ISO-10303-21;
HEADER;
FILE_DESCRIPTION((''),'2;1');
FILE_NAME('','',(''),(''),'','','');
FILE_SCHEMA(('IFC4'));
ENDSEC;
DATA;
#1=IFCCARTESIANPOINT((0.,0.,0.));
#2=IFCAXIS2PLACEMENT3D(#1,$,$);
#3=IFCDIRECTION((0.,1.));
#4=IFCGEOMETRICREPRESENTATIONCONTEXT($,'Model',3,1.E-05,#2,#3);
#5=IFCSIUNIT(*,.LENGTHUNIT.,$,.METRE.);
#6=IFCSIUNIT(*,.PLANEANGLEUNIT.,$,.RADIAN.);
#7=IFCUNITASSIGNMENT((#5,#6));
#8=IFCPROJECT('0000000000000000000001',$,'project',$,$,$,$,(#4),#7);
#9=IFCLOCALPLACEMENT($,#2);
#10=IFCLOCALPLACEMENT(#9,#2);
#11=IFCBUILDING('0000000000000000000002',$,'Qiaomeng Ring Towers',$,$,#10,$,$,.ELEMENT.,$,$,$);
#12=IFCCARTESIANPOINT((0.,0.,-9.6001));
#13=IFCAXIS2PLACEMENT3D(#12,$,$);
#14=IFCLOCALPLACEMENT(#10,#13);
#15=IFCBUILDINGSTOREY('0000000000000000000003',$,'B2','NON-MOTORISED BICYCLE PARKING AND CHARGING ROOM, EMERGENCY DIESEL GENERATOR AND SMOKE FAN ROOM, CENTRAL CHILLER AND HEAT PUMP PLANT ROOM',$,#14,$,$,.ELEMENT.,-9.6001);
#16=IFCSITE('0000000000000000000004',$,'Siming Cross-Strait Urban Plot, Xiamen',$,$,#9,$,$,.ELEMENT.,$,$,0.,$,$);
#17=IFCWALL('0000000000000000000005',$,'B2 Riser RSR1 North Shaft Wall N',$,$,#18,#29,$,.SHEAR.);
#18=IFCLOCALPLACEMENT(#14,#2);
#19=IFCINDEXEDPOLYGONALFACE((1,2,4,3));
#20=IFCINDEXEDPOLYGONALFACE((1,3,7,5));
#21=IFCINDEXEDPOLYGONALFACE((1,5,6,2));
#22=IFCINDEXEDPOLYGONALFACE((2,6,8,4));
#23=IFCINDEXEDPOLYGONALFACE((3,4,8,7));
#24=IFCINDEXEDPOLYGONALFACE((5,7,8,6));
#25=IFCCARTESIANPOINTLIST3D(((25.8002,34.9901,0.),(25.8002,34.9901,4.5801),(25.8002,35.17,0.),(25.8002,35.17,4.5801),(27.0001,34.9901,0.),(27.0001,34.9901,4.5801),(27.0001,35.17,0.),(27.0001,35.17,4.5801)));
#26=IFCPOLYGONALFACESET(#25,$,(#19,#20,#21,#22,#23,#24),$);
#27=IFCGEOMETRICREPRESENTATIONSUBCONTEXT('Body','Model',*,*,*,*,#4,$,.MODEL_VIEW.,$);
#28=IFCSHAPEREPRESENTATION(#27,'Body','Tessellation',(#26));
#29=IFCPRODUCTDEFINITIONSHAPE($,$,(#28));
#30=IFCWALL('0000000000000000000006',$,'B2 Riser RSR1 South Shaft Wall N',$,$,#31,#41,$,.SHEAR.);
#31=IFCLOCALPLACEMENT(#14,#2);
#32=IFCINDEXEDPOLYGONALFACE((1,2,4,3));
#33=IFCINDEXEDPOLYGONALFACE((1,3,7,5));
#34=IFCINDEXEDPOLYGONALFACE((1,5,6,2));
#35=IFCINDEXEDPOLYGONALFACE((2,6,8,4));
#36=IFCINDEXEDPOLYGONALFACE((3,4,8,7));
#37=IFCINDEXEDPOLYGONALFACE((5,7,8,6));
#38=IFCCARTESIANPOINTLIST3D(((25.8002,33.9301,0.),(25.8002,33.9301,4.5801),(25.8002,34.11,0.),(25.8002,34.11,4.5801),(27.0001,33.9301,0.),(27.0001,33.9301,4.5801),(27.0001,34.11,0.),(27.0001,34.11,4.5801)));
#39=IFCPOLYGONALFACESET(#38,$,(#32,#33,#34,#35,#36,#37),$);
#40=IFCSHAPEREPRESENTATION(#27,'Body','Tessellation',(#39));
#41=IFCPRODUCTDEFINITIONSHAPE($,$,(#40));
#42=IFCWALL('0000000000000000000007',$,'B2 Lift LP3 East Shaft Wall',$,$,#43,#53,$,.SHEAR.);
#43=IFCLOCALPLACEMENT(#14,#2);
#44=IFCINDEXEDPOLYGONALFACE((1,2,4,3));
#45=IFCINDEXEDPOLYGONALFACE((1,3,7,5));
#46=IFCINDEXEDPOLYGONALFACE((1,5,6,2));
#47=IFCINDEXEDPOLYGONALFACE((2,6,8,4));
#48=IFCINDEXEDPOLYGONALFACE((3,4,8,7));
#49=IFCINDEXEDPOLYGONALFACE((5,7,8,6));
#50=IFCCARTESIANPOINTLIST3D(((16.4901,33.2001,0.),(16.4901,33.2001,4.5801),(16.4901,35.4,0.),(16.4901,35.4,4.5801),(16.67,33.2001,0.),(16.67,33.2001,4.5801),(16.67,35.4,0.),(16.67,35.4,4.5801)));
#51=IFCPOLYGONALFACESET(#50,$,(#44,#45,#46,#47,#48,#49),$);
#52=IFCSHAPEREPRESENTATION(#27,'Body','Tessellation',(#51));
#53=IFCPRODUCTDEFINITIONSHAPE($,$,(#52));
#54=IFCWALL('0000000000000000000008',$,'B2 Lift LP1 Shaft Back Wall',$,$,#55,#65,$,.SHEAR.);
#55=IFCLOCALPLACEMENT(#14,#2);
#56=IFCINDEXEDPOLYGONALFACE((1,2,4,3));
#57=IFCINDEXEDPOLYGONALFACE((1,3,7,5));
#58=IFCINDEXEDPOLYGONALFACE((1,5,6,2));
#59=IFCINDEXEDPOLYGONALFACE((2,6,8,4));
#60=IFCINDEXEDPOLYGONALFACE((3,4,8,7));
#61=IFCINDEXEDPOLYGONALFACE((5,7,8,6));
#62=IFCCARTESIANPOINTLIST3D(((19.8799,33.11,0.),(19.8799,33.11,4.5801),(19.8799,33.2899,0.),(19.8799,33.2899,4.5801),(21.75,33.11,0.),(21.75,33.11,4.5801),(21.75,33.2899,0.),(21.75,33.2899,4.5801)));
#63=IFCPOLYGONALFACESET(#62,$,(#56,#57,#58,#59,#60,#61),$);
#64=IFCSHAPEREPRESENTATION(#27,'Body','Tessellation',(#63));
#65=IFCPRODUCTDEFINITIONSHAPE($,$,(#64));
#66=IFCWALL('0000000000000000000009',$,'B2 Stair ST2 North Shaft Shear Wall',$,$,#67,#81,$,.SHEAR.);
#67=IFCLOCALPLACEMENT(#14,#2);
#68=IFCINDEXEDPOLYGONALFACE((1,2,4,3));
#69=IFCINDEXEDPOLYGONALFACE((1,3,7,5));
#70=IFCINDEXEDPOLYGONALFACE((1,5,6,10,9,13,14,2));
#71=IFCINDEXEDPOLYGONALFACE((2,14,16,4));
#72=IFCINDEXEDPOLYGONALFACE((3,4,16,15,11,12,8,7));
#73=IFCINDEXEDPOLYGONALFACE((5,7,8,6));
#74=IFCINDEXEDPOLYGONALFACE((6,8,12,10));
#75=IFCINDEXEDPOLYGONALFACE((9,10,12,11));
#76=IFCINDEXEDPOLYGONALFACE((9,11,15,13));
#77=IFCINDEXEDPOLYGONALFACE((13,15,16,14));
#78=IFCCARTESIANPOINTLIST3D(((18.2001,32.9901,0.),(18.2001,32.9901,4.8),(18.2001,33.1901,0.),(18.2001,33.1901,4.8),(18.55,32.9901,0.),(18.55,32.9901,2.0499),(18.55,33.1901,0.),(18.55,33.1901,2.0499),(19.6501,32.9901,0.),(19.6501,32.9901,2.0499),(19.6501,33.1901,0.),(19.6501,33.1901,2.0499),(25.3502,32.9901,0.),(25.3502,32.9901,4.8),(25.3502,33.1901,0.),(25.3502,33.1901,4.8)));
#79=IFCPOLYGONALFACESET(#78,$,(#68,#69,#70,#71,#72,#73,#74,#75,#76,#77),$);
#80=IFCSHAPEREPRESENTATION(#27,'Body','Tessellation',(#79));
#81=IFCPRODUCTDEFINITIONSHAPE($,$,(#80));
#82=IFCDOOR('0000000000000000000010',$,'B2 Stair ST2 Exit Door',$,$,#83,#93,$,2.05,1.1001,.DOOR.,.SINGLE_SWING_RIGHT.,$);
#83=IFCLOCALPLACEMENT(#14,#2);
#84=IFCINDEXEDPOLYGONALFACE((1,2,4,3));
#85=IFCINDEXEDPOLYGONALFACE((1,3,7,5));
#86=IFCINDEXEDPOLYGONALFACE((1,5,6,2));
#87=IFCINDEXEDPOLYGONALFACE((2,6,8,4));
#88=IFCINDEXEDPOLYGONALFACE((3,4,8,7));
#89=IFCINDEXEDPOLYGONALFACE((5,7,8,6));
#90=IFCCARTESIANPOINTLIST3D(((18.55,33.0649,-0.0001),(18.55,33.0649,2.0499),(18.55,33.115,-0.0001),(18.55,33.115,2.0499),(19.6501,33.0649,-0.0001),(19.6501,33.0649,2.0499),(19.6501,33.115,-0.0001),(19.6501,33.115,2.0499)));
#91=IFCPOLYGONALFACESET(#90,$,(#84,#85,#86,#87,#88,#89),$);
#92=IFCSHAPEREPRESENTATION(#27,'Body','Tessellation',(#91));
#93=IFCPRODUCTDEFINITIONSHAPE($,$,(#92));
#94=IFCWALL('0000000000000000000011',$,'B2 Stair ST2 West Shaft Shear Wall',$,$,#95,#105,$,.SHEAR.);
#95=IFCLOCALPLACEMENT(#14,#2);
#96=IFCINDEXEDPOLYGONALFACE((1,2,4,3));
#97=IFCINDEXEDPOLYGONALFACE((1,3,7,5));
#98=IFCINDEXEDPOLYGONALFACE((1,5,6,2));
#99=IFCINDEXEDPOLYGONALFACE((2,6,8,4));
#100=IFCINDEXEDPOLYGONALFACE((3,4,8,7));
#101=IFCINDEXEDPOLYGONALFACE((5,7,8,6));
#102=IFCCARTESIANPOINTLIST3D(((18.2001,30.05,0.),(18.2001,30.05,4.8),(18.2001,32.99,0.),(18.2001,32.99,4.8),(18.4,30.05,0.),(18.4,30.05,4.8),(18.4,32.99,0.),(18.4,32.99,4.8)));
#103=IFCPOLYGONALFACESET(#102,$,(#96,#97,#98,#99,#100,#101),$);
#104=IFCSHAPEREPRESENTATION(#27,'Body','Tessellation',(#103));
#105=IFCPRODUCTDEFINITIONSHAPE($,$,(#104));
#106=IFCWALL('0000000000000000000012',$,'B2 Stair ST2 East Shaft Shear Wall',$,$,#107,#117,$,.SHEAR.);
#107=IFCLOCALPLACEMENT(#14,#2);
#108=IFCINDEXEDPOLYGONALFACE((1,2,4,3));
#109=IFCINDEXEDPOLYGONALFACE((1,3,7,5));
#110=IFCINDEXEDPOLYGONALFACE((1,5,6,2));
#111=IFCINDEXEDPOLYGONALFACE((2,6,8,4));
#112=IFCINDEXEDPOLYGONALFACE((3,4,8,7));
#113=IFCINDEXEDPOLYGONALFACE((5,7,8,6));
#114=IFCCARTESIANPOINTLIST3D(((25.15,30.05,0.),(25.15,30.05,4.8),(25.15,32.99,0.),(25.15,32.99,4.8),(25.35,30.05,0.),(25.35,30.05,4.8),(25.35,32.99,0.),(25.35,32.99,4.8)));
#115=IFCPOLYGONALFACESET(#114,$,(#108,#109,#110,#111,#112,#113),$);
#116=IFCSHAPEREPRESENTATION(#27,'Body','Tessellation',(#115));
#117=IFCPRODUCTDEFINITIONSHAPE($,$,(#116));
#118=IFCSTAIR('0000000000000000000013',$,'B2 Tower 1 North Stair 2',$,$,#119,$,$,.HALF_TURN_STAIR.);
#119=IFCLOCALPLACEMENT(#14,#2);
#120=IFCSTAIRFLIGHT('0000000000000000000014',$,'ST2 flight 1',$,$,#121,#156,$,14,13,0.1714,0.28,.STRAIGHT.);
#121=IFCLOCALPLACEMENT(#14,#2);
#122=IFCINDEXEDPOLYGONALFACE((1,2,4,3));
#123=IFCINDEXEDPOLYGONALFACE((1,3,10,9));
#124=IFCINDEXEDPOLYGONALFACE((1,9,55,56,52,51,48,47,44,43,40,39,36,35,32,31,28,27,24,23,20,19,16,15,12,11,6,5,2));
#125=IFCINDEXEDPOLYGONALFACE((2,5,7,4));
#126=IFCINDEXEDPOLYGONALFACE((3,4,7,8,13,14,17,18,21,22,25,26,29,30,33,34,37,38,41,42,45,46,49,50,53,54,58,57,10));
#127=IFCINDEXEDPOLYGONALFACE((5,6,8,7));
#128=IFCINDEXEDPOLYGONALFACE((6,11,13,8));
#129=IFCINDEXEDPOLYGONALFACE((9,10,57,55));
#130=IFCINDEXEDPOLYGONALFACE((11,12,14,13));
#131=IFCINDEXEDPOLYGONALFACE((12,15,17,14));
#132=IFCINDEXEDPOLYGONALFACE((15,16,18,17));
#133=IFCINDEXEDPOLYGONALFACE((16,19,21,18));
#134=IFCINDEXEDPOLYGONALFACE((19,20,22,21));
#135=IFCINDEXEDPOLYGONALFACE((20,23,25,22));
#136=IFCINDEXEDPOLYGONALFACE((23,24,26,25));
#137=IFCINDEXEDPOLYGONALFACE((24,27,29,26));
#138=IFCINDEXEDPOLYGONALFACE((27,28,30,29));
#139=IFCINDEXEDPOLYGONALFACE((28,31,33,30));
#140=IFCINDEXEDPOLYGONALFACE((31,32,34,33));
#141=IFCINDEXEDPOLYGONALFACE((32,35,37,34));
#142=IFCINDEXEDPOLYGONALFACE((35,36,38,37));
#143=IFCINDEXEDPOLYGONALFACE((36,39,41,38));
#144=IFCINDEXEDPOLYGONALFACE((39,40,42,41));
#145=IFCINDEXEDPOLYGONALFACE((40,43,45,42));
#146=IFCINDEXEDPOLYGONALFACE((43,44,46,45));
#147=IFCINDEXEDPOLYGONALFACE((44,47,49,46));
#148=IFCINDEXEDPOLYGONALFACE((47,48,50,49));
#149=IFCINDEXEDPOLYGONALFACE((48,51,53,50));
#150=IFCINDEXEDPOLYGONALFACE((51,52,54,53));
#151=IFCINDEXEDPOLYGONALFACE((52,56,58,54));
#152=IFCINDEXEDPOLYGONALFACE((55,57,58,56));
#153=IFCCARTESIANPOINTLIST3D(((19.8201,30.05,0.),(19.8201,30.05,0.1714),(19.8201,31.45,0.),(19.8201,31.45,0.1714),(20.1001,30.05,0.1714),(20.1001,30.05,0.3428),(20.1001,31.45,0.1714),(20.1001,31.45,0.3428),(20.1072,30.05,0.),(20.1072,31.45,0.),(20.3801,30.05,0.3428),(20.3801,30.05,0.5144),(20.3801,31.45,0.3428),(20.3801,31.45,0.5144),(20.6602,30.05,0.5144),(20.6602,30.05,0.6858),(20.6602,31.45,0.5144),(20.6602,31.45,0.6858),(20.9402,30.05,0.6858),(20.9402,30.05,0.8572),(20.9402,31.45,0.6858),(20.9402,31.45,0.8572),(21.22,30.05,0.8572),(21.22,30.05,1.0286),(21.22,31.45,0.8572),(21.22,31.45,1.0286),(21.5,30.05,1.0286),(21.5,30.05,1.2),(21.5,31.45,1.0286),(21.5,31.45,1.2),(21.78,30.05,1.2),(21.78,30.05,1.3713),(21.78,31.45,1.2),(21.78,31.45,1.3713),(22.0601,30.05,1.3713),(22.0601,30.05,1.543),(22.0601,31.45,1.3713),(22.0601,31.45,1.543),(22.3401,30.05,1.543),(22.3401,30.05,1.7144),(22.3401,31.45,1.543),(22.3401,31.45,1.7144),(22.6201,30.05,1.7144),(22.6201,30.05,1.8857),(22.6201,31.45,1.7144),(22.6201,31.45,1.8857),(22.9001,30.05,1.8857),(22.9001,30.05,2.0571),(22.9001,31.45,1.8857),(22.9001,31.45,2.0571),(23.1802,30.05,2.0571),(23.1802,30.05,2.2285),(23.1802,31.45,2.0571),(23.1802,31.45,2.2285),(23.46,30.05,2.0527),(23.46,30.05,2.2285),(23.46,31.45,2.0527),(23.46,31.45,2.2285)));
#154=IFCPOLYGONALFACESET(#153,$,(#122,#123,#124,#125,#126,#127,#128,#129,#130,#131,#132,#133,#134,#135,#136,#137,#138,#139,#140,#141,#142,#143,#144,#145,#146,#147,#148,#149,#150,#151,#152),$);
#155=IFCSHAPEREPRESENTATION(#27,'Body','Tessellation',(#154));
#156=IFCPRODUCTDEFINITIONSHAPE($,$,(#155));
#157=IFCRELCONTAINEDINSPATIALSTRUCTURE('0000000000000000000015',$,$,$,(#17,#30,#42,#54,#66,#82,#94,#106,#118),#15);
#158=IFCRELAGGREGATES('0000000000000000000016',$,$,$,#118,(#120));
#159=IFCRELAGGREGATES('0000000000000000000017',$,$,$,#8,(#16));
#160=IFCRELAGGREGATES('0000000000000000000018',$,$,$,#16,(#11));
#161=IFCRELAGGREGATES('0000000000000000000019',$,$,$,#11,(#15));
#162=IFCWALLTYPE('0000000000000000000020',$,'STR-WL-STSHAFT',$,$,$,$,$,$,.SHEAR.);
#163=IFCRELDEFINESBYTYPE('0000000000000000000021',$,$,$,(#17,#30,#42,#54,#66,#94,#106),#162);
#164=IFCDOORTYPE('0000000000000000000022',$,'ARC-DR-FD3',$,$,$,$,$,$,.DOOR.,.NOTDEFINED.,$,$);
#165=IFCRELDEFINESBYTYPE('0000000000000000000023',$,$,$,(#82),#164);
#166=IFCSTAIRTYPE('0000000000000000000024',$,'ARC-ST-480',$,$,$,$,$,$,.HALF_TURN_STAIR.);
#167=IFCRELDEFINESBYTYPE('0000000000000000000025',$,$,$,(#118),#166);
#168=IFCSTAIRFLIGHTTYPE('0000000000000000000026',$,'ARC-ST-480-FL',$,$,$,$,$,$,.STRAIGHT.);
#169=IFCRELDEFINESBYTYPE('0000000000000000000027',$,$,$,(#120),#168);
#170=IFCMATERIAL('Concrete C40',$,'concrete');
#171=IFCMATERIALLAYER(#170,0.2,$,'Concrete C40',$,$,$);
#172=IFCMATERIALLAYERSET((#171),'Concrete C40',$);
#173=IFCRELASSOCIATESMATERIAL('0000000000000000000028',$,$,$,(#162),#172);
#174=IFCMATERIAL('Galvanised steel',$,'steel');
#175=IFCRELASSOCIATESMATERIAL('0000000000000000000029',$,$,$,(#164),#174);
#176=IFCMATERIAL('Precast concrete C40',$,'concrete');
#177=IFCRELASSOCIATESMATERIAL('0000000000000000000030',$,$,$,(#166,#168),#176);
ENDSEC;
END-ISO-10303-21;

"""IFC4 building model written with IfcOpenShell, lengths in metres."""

from ifc_helpers import new_model, si_unit, direction, frame, frame_2d, origin, place, context, subcontext, project, spatial, polyline, rectangle, outline, extrude, source, transform, mapped, material, layer, layer_set, type_object, element, fill, aggregate, save


model = new_model("IFC4")

# Units and contexts
model_context = context("Model", 3, precision=1e-05, world=origin(), true_north=direction((0.0, 1.0)))
body_context = subcontext(model_context, "Body", "Model", "MODEL_VIEW")
ifc_project = project(units=[si_unit("LENGTHUNIT", "METRE"), si_unit("PLANEANGLEUNIT", "RADIAN")], contexts=[model_context])

# Site, building, storey
site_placement = place(None, origin())
site = spatial("IfcSite", under=ifc_project, at=site_placement, Name="Siming Cross-Strait Urban Plot, Xiamen", CompositionType="ELEMENT", RefElevation=0.0)
building_placement = place(site_placement, origin())
building = spatial("IfcBuilding", under=site, at=building_placement, Name="Qiaomeng Ring Towers", CompositionType="ELEMENT")
storey_placement = place(building_placement, frame((0.0, 0.0, -9.6001)))
storey = spatial("IfcBuildingStorey", under=building, at=storey_placement, Name="B2", Description="NON-MOTORISED BICYCLE PARKING AND CHARGING ROOM, EMERGENCY DIESEL GENERATOR AND SMOKE FAN ROOM, CENTRAL CHILLER AND HEAT PUMP PLANT ROOM", CompositionType="ELEMENT", Elevation=-9.6001)

# Shared definitions
ifc_material_1 = material(Name="Concrete C40", Category="concrete")

# Walls
ifc_layer_1 = layer(ifc_material_1, 0.2, Name="Concrete C40")
ifc_layer_set_1 = layer_set([ifc_layer_1], Name="Concrete C40")
wall_type_1 = type_object("IfcWallType", Name="STR-WL-STSHAFT", PredefinedType="SHEAR", material=ifc_layer_set_1)
for number, where, z_axis, x_axis, name in (
    (1, (25.8, 35.0801, 0.0), (0.0, 0.0, 1.0), (1.0, 0.0, 0.0), "B2 Riser RSR1 North Shaft Wall N"),
    (2, (25.8, 34.02, 0.0), (0.0, 0.0, 1.0), (1.0, 0.0, 0.0), "B2 Riser RSR1 South Shaft Wall N"),
):
    element("IfcWall", number, at=place(storey_placement, frame(where, z_axis=z_axis, x_axis=x_axis)), inside=storey, type_object=wall_type_1, Name=name, PredefinedType="SHEAR", context=body_context, shape_type="SweptSolid", body=[
        extrude(rectangle(XDim=1.2, YDim=0.1799, at=frame_2d((0.6001, 0.0))), origin(), (0.0, 0.0, 1.0), 4.5801),
    ])
wall_1_placement = place(storey_placement, frame((16.5801, 33.2, 0.0), z_axis=(0.0, 0.0, 1.0), x_axis=(0.0, 1.0, 0.0)))
element("IfcWall", 3, at=wall_1_placement, inside=storey, type_object=wall_type_1, Name="B2 Lift LP3 East Shaft Wall", PredefinedType="SHEAR", context=body_context, shape_type="SweptSolid", body=[
    extrude(rectangle(XDim=2.2, YDim=0.1799, at=frame_2d((1.1001, 0.0))), origin(), (0.0, 0.0, 1.0), 4.5801),
])
wall_2_placement = place(storey_placement, frame((19.8799, 33.2, 0.0), z_axis=(0.0, 0.0, 1.0), x_axis=(1.0, 0.0, 0.0)))
element("IfcWall", 4, at=wall_2_placement, inside=storey, type_object=wall_type_1, Name="B2 Lift LP1 Shaft Back Wall", PredefinedType="SHEAR", context=body_context, shape_type="SweptSolid", body=[
    extrude(rectangle(XDim=1.8701, YDim=0.1799, at=frame_2d((0.9351, 0.0))), origin(), (0.0, 0.0, 1.0), 4.5801),
])

# Wall, opening, door
wall_3_placement = place(storey_placement, frame((18.2, 33.0901, 0.0), z_axis=(0.0, 0.0, 1.0), x_axis=(1.0, 0.0, 0.0)))
wall_3 = element("IfcWall", 5, at=wall_3_placement, inside=storey, type_object=wall_type_1, Name="B2 Stair ST2 North Shaft Shear Wall", PredefinedType="SHEAR", context=body_context, shape_type="SweptSolid", body=[
    extrude(rectangle(XDim=7.1501, YDim=0.2, at=frame_2d((3.5752, 0.0))), origin(), (0.0, 0.0, 1.0), 4.8),
])
opening_placement = place(wall_3_placement, frame((0.3501, 0.0, 0.0)))
opening = element("IfcOpeningElement", 6, at=opening_placement, cuts=wall_3, PredefinedType="OPENING", context=body_context, shape_type="SweptSolid", body=[
    extrude(rectangle(XDim=1.1001, YDim=2.05, at=frame_2d((0.55, 1.0249))), frame((0.0, 0.1099, 0.0), z_axis=(0.0, -1.0, 0.0), x_axis=(1.0, 0.0, 0.0)), (0.0, 0.0, 1.0), 0.22),
])
ifc_material_2 = material(Name="Galvanised steel", Category="steel")
door_type = type_object("IfcDoorType", Name="ARC-DR-FD3", OperationType="NOTDEFINED", PredefinedType="DOOR", material=ifc_material_2)
shared_shape_1 = source(origin(), body_context, "Body", "SweptSolid", [
    extrude(rectangle(XDim=1.1001, YDim=2.05, at=frame_2d((0.55, 1.0249))), frame((0.0, 0.0249, 0.0), z_axis=(0.0, -1.0, 0.0), x_axis=(1.0, 0.0, 0.0)), (0.0, 0.0, 1.0), 0.05),
])
door_placement = place(opening_placement, origin())
door = element("IfcDoor", 7, at=door_placement, inside=storey, type_object=door_type, Name="B2 Stair ST2 Exit Door", OperationType="SINGLE_SWING_RIGHT", OverallHeight=2.05, OverallWidth=1.1001, PredefinedType="DOOR", context=body_context, shape_type="MappedRepresentation", body=[
    mapped(shared_shape_1, transform((0.0, 0.0, 0.0), x_axis=(1.0, 0.0, 0.0), y_axis=(0.0, 1.0, 0.0), z_axis=(0.0, 0.0, 1.0), scale=1.0)),
])
fill(opening, door)

# Walls
for number, where, z_axis, x_axis, name in (
    (8, (18.3, 30.05, 0.0), (0.0, 0.0, 1.0), (0.0, 1.0, 0.0), "B2 Stair ST2 West Shaft Shear Wall"),
    (9, (25.25, 30.05, 0.0), (0.0, 0.0, 1.0), (0.0, 1.0, 0.0), "B2 Stair ST2 East Shaft Shear Wall"),
):
    element("IfcWall", number, at=place(storey_placement, frame(where, z_axis=z_axis, x_axis=x_axis)), inside=storey, type_object=wall_type_1, Name=name, PredefinedType="SHEAR", context=body_context, shape_type="SweptSolid", body=[
        extrude(rectangle(XDim=2.9399, YDim=0.2, at=frame_2d((1.47, 0.0))), origin(), (0.0, 0.0, 1.0), 4.8),
    ])

# Stair, stair flight
ifc_material_3 = material(Name="Precast concrete C40", Category="concrete")
stair_type = type_object("IfcStairType", Name="ARC-ST-480", PredefinedType="HALF_TURN_STAIR", material=ifc_material_3)
stair_placement = place(storey_placement, origin())
stair = element("IfcStair", 10, at=stair_placement, inside=storey, type_object=stair_type, Name="B2 Tower 1 North Stair 2", PredefinedType="HALF_TURN_STAIR")
stair_flight_type = type_object("IfcStairFlightType", Name="ARC-ST-480-FL", PredefinedType="STRAIGHT", material=ifc_material_3)
shared_shape_2 = source(origin(), body_context, "Body", "SweptSolid", [
    extrude(outline(polyline([(0.0, 0.0), (0.0, 0.1714), (0.28, 0.1714), (0.28, 0.3428), (0.5601, 0.3428), (0.5601, 0.5144), (0.8401, 0.5144), (0.8401, 0.6858), (1.1201, 0.6858), (1.1201, 0.8572), (1.3999, 0.8572), (1.3999, 1.0286), (1.6799, 1.0286), (1.6799, 1.2), (1.96, 1.2), (1.96, 1.3713), (2.24, 1.3713), (2.24, 1.543), (2.52, 1.543), (2.52, 1.7144), (2.8, 1.7144), (2.8, 1.8857), (3.0801, 1.8857), (3.0801, 2.0571), (3.3601, 2.0571), (3.3601, 2.2285), (3.6399, 2.2285), (3.6399, 2.3999), (3.6399, 2.0527), (0.2871, 0.0), (0.0, 0.0)])), frame((0.0, 0.7, 0.0), z_axis=(0.0, -1.0, 0.0), x_axis=(1.0, 0.0, 0.0)), (0.0, 0.0, 1.0), 1.3999),
])
stair_flight_1_placement = place(storey_placement, frame((19.8201, 30.75, 0.0), z_axis=(0.0, 0.0, 1.0), x_axis=(1.0, 0.0, 0.0)))
stair_flight_1 = element("IfcStairFlight", 11, at=stair_flight_1_placement, type_object=stair_flight_type, Name="ST2 flight 1", NumberOfRisers=14, NumberOfTreads=13, PredefinedType="STRAIGHT", RiserHeight=0.1714, TreadLength=0.28, context=body_context, shape_type="MappedRepresentation", body=[
    mapped(shared_shape_2, transform((0.0, 0.0, 0.0), x_axis=(1.0, 0.0, 0.0), y_axis=(0.0, 1.0, 0.0), z_axis=(0.0, 0.0, 1.0), scale=1.0)),
])
aggregate(stair, [stair_flight_1])

save(model, "model.ifc")
